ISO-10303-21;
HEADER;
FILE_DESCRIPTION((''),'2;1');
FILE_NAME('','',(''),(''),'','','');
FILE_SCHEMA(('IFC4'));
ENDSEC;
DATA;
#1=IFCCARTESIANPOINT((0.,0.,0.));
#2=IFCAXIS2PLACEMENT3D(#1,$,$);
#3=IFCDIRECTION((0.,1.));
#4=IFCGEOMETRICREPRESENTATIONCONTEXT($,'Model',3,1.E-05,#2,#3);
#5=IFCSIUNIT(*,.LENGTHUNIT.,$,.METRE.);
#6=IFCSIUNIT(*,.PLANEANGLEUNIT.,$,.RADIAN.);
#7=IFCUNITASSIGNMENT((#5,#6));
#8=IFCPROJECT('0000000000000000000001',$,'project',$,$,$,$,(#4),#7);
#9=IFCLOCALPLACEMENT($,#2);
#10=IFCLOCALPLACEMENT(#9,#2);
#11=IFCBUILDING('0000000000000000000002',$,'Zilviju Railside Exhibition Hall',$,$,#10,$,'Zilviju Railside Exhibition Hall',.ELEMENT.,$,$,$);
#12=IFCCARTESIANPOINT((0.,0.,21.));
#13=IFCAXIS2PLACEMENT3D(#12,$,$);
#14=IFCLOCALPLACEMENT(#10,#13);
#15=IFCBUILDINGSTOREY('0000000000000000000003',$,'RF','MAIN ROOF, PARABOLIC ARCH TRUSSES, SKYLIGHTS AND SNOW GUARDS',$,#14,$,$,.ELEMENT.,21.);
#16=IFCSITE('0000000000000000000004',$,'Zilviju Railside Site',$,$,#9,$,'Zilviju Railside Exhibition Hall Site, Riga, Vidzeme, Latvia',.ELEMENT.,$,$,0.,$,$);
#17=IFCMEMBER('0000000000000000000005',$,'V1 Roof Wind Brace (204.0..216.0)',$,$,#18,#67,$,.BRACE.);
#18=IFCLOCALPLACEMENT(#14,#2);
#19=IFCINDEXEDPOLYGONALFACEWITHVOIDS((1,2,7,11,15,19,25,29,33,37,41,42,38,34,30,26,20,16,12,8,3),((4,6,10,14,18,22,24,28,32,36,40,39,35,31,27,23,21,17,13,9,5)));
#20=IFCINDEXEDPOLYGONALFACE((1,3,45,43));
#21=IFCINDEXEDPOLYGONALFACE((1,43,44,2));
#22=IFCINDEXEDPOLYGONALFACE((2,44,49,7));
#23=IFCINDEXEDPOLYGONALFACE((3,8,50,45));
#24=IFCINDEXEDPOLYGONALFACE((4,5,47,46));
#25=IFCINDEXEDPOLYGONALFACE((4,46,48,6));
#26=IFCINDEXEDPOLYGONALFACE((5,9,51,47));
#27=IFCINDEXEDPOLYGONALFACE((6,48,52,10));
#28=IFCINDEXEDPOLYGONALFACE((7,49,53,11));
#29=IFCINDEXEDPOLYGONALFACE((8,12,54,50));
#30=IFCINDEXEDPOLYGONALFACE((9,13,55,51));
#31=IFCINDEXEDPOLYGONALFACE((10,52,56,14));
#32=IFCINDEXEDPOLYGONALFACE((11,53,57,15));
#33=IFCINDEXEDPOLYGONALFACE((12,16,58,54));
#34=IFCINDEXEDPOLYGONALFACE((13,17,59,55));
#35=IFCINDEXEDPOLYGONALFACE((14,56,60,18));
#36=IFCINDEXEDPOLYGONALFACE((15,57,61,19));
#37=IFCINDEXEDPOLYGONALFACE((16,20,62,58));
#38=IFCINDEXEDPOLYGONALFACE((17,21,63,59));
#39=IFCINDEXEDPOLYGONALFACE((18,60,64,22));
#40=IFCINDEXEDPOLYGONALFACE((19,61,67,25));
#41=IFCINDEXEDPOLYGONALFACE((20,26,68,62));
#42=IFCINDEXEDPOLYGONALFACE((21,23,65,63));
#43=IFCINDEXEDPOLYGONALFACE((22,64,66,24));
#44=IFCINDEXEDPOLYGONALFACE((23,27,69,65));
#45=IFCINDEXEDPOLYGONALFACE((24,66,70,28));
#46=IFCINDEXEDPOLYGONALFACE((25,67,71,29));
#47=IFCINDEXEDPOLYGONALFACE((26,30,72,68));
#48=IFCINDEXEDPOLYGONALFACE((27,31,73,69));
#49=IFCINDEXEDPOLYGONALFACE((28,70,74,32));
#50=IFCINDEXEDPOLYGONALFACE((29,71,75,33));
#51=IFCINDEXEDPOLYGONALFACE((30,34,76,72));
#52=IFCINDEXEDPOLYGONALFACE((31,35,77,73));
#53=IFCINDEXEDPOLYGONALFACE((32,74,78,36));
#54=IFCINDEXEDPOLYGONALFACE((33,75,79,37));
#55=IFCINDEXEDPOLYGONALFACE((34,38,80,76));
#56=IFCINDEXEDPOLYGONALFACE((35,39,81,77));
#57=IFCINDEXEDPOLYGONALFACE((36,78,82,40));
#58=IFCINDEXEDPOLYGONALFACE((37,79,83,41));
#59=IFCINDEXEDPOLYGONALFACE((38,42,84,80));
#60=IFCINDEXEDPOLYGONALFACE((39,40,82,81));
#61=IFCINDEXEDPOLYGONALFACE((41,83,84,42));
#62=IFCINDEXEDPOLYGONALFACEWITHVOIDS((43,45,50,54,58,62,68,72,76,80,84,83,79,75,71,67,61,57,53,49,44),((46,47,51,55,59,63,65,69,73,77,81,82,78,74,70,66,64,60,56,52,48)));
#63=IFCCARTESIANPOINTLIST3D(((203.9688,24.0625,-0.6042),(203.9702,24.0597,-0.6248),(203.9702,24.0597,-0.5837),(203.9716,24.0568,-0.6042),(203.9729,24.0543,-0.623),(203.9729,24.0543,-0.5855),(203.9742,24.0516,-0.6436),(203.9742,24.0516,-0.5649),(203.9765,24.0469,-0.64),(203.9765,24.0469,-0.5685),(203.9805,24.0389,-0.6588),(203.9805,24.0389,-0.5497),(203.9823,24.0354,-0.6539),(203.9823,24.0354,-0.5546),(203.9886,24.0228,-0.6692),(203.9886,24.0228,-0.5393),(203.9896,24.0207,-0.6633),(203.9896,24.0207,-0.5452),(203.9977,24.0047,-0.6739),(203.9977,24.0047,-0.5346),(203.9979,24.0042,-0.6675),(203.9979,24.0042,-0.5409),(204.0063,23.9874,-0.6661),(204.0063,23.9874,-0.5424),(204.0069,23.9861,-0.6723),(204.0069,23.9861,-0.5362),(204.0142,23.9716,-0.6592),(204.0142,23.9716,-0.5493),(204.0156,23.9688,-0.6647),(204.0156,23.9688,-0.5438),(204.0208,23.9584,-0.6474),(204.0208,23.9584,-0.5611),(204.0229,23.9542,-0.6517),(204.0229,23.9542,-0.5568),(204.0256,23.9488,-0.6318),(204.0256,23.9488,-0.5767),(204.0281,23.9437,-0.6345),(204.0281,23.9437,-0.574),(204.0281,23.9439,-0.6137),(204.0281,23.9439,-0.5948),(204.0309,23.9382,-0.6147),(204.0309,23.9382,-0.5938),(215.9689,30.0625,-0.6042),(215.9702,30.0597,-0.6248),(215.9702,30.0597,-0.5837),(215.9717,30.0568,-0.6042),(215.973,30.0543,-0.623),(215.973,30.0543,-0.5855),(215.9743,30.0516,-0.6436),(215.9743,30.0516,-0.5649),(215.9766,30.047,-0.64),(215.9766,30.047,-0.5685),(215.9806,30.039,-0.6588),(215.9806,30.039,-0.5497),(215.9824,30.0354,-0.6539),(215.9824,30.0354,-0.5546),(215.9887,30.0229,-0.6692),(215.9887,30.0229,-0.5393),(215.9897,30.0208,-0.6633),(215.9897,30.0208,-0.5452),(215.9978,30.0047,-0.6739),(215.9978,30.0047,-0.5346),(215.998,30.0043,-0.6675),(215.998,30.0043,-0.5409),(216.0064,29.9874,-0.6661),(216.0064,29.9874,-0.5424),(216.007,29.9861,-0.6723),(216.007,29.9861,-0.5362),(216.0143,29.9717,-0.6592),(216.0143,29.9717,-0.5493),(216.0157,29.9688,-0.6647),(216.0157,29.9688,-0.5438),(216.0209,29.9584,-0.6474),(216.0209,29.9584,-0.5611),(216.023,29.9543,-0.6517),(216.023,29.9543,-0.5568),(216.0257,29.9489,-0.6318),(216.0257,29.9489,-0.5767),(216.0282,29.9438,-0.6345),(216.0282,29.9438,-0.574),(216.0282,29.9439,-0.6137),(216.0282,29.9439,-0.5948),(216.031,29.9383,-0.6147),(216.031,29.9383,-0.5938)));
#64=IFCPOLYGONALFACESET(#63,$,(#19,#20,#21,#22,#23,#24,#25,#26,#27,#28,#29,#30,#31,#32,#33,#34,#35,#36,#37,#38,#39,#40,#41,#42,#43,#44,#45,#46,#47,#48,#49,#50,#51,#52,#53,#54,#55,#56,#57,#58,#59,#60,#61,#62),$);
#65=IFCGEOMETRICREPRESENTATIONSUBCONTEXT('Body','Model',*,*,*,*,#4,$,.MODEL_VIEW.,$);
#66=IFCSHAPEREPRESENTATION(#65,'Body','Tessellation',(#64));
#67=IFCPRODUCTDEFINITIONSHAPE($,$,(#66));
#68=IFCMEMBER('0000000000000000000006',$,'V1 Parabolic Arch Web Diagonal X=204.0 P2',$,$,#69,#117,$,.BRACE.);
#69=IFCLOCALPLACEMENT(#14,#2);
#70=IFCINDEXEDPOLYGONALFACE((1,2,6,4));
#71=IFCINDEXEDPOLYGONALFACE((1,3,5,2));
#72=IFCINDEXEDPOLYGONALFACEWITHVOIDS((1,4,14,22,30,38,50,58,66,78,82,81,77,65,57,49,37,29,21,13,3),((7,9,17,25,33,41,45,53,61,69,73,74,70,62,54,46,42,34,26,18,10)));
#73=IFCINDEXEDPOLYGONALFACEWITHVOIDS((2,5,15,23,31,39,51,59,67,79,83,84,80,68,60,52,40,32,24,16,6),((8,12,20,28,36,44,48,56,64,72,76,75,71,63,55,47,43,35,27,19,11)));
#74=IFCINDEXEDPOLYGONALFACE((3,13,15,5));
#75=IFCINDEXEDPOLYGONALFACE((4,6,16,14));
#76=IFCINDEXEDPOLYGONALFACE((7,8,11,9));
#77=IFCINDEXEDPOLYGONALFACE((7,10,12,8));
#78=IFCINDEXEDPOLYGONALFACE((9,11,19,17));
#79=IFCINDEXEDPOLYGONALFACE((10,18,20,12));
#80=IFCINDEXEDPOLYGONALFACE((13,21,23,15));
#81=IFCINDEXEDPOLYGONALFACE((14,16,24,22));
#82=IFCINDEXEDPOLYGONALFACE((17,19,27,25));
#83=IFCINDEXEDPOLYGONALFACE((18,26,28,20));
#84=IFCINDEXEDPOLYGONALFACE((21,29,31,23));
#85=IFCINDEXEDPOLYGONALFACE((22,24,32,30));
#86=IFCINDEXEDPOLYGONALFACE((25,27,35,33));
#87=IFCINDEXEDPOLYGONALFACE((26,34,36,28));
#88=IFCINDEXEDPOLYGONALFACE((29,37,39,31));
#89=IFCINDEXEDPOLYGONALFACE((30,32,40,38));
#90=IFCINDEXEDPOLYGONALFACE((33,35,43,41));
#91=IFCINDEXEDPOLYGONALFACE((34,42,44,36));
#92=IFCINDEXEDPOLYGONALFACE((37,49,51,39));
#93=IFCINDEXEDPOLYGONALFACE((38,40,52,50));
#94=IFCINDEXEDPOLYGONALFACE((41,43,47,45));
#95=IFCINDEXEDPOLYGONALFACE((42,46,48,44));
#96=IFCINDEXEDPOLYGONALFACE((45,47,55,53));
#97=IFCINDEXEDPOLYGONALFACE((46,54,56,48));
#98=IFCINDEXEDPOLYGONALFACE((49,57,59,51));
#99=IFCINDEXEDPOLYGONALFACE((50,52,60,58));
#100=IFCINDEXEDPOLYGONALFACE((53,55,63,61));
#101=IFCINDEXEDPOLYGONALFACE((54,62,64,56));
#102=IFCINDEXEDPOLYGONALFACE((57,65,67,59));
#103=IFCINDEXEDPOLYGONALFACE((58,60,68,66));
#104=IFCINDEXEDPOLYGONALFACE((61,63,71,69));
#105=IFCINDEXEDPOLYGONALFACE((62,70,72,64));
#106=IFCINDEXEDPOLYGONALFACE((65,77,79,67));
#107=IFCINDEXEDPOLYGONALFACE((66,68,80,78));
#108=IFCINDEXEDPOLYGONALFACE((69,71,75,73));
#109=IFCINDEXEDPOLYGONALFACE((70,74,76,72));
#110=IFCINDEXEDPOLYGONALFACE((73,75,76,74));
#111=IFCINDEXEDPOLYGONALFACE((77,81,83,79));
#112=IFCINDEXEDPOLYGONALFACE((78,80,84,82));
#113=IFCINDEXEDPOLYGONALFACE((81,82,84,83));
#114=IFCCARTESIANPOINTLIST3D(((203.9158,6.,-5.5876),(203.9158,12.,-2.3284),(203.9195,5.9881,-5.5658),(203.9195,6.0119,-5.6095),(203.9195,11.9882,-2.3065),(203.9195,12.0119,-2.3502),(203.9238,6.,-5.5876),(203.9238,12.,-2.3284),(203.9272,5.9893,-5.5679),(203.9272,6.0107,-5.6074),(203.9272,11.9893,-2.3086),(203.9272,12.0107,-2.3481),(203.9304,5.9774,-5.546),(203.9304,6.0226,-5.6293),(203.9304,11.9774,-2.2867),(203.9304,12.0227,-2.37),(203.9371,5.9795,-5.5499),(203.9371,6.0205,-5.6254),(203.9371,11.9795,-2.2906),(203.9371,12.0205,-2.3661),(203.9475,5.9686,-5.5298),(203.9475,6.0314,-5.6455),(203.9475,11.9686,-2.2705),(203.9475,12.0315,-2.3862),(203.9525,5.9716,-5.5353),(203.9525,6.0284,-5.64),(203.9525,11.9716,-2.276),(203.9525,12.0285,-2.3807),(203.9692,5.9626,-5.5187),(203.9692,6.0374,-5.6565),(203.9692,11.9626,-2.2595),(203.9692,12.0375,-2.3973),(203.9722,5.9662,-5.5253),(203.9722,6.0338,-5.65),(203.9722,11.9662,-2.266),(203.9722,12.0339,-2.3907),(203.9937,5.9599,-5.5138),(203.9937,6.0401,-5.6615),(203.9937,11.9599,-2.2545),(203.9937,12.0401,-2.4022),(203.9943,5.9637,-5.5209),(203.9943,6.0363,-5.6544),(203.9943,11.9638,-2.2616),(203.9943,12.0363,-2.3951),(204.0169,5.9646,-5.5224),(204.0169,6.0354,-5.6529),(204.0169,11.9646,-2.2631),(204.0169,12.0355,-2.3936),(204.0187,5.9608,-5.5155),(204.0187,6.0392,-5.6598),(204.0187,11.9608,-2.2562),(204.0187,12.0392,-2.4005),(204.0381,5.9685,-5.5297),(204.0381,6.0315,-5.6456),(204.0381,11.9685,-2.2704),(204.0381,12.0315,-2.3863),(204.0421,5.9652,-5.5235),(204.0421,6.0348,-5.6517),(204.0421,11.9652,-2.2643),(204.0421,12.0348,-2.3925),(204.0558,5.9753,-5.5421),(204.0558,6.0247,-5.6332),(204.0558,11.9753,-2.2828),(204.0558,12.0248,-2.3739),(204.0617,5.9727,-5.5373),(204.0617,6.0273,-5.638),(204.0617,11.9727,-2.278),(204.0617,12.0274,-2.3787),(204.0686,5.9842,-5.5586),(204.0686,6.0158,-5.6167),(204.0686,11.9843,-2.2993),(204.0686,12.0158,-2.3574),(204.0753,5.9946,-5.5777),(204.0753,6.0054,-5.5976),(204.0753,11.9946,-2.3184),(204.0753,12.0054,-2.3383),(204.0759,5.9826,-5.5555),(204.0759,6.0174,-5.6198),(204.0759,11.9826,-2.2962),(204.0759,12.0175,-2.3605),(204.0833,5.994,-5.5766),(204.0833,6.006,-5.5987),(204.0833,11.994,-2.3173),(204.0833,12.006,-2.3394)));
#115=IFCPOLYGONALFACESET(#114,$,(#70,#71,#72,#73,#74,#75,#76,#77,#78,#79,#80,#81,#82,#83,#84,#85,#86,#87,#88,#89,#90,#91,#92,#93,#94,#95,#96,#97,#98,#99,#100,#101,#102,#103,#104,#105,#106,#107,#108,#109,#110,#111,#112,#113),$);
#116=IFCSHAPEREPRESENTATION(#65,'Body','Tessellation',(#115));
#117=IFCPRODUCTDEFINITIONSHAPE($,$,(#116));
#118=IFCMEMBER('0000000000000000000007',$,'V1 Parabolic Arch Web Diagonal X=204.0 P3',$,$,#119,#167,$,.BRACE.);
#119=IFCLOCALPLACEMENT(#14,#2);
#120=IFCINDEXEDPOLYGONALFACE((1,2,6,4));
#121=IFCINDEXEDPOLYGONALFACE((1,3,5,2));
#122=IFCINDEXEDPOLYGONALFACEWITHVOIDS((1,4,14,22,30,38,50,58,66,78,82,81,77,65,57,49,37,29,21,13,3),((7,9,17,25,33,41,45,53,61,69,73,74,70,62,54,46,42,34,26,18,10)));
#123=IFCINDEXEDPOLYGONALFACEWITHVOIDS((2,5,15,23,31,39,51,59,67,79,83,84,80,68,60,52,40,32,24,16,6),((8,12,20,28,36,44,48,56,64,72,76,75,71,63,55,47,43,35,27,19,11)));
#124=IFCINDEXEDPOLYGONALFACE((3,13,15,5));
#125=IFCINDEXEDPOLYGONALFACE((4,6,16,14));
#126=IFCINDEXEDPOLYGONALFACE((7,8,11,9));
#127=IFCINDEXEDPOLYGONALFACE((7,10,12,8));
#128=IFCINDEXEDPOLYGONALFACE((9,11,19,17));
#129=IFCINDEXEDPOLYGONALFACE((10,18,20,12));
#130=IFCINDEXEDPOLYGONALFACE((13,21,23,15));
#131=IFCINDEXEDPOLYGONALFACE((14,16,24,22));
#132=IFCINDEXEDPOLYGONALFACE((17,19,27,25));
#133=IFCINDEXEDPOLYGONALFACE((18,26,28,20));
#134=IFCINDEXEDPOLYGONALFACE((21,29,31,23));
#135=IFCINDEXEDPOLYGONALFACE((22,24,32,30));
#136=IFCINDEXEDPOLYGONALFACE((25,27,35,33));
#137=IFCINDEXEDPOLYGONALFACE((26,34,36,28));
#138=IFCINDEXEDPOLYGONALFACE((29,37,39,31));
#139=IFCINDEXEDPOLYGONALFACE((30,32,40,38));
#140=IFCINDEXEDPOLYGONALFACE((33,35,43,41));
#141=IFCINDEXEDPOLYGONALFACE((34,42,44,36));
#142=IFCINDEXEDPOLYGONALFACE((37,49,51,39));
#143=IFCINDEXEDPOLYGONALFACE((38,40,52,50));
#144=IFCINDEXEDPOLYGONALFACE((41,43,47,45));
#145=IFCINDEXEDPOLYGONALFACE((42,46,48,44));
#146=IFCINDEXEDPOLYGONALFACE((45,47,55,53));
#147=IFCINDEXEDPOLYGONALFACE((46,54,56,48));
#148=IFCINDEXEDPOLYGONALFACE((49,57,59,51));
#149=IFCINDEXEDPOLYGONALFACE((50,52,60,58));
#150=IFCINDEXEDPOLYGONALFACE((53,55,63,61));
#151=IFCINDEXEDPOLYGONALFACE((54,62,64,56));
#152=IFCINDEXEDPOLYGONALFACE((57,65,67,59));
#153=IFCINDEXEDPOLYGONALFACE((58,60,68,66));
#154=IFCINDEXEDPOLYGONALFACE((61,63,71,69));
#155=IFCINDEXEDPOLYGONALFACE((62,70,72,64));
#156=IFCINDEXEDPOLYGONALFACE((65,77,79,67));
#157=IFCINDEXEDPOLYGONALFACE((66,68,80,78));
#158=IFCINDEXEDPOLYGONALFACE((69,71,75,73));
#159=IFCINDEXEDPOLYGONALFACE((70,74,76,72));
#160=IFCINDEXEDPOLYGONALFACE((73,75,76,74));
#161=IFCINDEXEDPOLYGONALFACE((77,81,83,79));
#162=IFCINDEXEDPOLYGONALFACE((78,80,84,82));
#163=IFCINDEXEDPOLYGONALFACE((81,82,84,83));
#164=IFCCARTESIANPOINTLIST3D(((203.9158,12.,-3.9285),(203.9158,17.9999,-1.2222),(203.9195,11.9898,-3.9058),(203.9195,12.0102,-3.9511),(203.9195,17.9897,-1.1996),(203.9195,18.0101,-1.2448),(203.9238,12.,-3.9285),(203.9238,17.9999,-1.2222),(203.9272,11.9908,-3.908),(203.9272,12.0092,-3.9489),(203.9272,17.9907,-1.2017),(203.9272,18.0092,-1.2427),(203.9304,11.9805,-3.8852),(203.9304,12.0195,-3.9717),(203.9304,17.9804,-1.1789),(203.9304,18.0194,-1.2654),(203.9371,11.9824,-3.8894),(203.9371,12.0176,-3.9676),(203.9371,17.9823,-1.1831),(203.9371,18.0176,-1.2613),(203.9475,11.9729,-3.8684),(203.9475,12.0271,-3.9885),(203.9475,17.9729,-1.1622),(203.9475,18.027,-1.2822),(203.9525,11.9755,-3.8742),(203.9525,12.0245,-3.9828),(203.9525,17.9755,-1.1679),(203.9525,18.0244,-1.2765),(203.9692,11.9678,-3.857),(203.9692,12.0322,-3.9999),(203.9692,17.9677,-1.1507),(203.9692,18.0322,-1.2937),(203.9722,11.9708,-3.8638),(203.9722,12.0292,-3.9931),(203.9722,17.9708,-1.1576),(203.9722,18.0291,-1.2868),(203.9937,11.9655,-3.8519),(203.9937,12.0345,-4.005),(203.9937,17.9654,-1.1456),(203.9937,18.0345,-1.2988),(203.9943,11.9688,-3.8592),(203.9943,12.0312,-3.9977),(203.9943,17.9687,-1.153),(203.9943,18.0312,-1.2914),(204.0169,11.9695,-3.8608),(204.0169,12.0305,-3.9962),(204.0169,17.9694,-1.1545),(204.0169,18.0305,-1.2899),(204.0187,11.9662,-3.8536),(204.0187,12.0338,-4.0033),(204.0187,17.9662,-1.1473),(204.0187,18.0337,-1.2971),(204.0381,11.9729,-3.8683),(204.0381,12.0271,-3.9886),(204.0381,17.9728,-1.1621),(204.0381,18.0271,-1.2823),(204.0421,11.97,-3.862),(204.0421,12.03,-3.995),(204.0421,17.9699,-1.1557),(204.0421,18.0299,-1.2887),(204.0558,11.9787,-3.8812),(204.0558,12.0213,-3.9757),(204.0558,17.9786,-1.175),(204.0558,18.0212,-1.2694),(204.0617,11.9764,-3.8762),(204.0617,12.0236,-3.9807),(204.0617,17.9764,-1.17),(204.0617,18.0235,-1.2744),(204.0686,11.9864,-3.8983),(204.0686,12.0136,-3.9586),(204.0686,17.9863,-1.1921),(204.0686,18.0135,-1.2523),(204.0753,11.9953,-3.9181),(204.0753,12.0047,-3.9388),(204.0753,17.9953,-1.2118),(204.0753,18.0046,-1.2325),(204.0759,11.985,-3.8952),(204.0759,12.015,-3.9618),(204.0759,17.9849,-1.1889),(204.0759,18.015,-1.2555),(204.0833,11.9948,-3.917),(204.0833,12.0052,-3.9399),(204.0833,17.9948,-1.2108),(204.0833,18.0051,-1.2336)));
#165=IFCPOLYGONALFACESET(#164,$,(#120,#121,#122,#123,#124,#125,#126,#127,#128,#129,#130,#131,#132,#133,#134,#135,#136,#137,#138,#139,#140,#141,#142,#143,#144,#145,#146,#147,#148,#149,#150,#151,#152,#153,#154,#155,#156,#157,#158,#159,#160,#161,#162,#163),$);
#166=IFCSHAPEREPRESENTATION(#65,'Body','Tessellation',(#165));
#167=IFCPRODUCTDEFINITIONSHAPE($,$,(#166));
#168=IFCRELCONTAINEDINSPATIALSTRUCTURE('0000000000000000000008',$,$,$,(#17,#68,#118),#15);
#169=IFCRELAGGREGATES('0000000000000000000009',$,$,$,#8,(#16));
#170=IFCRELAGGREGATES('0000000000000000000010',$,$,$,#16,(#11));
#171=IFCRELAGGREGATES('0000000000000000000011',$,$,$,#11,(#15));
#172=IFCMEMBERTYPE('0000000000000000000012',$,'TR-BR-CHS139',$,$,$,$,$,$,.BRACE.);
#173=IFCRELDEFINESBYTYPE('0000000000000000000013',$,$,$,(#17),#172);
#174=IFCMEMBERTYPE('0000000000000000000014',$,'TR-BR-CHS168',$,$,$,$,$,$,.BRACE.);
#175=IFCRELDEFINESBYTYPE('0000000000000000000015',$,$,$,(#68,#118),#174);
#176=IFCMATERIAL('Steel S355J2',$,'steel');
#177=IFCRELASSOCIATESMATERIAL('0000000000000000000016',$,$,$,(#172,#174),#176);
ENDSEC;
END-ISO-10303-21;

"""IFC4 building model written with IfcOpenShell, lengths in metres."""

from ifc_helpers import new_model, si_unit, direction, frame, origin, origin_2d, place, context, subcontext, project, spatial, hollow_circle, extrude, material, material_profile, profile_set, type_object, element, save


model = new_model("IFC4")

# Units and contexts
model_context = context("Model", 3, precision=1e-05, world=origin(), true_north=direction((0.0, 1.0)))
body_context = subcontext(model_context, "Body", "Model", "MODEL_VIEW")
ifc_project = project(units=[si_unit("LENGTHUNIT", "METRE"), si_unit("PLANEANGLEUNIT", "RADIAN")], contexts=[model_context])

# Site, building, storey
site_placement = place(None, origin())
site = spatial("IfcSite", under=ifc_project, at=site_placement, Name="Zilviju Railside Site", LongName="Zilviju Railside Exhibition Hall Site, Riga, Vidzeme, Latvia", CompositionType="ELEMENT", RefElevation=0.0)
building_placement = place(site_placement, origin())
building = spatial("IfcBuilding", under=site, at=building_placement, Name="Zilviju Railside Exhibition Hall", LongName="Zilviju Railside Exhibition Hall", CompositionType="ELEMENT")
storey_placement = place(building_placement, frame((0.0, 0.0, 21.0)))
storey = spatial("IfcBuildingStorey", under=building, at=storey_placement, Name="RF", Description="MAIN ROOF, PARABOLIC ARCH TRUSSES, SKYLIGHTS AND SNOW GUARDS", CompositionType="ELEMENT", Elevation=21.0)

# Members
ifc_material_1 = material(Name="Steel S355J2", Category="steel")
ifc_material_profile_1 = material_profile(ifc_material_1, hollow_circle(Radius=0.0698, WallThickness=0.0063, at=origin_2d()), Name="CHS 139.7x6.3")
ifc_profile_set_1 = profile_set([ifc_material_profile_1], Name="Steel S355J2")
member_type_1 = type_object("IfcMemberType", Name="TR-BR-CHS139", PredefinedType="BRACE", material=ifc_profile_set_1)
member_1_placement = place(storey_placement, frame((204.0, 24.0, -0.6042), z_axis=(0.894427, 0.447214, 0.0), x_axis=(-0.447214, 0.894427, 0.0)))
element("IfcMember", 1, at=member_1_placement, inside=storey, type_object=member_type_1, Name="V1 Roof Wind Brace (204.0..216.0)", PredefinedType="BRACE", context=body_context, shape_type="SweptSolid", body=[
    extrude(hollow_circle(Radius=0.0698, WallThickness=0.0063, at=origin_2d()), origin(), (0.0, 0.0, 1.0), 13.4165),
])
ifc_material_profile_2 = material_profile(ifc_material_1, hollow_circle(Radius=0.0842, WallThickness=0.0081, at=origin_2d()), Name="CHS 168.3x8.0")
ifc_profile_set_2 = profile_set([ifc_material_profile_2], Name="Steel S355J2")
member_type_2 = type_object("IfcMemberType", Name="TR-BR-CHS168", PredefinedType="BRACE", material=ifc_profile_set_2)
member_2_placement = place(storey_placement, frame((204.0, 6.0, -5.5876), z_axis=(0.0, 0.878722, 0.477333), x_axis=(-1.0, 0.0, 0.0)))
element("IfcMember", 2, at=member_2_placement, inside=storey, type_object=member_type_2, Name="V1 Parabolic Arch Web Diagonal X=204.0 P2", PredefinedType="BRACE", context=body_context, shape_type="SweptSolid", body=[
    extrude(hollow_circle(Radius=0.0842, WallThickness=0.0081, at=origin_2d()), origin(), (0.0, 0.0, 1.0), 6.8281),
])
member_3_placement = place(storey_placement, frame((204.0, 12.0, -3.9285), z_axis=(0.0, 0.911563, 0.41116), x_axis=(-1.0, 0.0, 0.0)))
element("IfcMember", 3, at=member_3_placement, inside=storey, type_object=member_type_2, Name="V1 Parabolic Arch Web Diagonal X=204.0 P3", PredefinedType="BRACE", context=body_context, shape_type="SweptSolid", body=[
    extrude(hollow_circle(Radius=0.0842, WallThickness=0.0081, at=origin_2d()), origin(), (0.0, 0.0, 1.0), 6.582),
])

save(model, "model.ifc")
